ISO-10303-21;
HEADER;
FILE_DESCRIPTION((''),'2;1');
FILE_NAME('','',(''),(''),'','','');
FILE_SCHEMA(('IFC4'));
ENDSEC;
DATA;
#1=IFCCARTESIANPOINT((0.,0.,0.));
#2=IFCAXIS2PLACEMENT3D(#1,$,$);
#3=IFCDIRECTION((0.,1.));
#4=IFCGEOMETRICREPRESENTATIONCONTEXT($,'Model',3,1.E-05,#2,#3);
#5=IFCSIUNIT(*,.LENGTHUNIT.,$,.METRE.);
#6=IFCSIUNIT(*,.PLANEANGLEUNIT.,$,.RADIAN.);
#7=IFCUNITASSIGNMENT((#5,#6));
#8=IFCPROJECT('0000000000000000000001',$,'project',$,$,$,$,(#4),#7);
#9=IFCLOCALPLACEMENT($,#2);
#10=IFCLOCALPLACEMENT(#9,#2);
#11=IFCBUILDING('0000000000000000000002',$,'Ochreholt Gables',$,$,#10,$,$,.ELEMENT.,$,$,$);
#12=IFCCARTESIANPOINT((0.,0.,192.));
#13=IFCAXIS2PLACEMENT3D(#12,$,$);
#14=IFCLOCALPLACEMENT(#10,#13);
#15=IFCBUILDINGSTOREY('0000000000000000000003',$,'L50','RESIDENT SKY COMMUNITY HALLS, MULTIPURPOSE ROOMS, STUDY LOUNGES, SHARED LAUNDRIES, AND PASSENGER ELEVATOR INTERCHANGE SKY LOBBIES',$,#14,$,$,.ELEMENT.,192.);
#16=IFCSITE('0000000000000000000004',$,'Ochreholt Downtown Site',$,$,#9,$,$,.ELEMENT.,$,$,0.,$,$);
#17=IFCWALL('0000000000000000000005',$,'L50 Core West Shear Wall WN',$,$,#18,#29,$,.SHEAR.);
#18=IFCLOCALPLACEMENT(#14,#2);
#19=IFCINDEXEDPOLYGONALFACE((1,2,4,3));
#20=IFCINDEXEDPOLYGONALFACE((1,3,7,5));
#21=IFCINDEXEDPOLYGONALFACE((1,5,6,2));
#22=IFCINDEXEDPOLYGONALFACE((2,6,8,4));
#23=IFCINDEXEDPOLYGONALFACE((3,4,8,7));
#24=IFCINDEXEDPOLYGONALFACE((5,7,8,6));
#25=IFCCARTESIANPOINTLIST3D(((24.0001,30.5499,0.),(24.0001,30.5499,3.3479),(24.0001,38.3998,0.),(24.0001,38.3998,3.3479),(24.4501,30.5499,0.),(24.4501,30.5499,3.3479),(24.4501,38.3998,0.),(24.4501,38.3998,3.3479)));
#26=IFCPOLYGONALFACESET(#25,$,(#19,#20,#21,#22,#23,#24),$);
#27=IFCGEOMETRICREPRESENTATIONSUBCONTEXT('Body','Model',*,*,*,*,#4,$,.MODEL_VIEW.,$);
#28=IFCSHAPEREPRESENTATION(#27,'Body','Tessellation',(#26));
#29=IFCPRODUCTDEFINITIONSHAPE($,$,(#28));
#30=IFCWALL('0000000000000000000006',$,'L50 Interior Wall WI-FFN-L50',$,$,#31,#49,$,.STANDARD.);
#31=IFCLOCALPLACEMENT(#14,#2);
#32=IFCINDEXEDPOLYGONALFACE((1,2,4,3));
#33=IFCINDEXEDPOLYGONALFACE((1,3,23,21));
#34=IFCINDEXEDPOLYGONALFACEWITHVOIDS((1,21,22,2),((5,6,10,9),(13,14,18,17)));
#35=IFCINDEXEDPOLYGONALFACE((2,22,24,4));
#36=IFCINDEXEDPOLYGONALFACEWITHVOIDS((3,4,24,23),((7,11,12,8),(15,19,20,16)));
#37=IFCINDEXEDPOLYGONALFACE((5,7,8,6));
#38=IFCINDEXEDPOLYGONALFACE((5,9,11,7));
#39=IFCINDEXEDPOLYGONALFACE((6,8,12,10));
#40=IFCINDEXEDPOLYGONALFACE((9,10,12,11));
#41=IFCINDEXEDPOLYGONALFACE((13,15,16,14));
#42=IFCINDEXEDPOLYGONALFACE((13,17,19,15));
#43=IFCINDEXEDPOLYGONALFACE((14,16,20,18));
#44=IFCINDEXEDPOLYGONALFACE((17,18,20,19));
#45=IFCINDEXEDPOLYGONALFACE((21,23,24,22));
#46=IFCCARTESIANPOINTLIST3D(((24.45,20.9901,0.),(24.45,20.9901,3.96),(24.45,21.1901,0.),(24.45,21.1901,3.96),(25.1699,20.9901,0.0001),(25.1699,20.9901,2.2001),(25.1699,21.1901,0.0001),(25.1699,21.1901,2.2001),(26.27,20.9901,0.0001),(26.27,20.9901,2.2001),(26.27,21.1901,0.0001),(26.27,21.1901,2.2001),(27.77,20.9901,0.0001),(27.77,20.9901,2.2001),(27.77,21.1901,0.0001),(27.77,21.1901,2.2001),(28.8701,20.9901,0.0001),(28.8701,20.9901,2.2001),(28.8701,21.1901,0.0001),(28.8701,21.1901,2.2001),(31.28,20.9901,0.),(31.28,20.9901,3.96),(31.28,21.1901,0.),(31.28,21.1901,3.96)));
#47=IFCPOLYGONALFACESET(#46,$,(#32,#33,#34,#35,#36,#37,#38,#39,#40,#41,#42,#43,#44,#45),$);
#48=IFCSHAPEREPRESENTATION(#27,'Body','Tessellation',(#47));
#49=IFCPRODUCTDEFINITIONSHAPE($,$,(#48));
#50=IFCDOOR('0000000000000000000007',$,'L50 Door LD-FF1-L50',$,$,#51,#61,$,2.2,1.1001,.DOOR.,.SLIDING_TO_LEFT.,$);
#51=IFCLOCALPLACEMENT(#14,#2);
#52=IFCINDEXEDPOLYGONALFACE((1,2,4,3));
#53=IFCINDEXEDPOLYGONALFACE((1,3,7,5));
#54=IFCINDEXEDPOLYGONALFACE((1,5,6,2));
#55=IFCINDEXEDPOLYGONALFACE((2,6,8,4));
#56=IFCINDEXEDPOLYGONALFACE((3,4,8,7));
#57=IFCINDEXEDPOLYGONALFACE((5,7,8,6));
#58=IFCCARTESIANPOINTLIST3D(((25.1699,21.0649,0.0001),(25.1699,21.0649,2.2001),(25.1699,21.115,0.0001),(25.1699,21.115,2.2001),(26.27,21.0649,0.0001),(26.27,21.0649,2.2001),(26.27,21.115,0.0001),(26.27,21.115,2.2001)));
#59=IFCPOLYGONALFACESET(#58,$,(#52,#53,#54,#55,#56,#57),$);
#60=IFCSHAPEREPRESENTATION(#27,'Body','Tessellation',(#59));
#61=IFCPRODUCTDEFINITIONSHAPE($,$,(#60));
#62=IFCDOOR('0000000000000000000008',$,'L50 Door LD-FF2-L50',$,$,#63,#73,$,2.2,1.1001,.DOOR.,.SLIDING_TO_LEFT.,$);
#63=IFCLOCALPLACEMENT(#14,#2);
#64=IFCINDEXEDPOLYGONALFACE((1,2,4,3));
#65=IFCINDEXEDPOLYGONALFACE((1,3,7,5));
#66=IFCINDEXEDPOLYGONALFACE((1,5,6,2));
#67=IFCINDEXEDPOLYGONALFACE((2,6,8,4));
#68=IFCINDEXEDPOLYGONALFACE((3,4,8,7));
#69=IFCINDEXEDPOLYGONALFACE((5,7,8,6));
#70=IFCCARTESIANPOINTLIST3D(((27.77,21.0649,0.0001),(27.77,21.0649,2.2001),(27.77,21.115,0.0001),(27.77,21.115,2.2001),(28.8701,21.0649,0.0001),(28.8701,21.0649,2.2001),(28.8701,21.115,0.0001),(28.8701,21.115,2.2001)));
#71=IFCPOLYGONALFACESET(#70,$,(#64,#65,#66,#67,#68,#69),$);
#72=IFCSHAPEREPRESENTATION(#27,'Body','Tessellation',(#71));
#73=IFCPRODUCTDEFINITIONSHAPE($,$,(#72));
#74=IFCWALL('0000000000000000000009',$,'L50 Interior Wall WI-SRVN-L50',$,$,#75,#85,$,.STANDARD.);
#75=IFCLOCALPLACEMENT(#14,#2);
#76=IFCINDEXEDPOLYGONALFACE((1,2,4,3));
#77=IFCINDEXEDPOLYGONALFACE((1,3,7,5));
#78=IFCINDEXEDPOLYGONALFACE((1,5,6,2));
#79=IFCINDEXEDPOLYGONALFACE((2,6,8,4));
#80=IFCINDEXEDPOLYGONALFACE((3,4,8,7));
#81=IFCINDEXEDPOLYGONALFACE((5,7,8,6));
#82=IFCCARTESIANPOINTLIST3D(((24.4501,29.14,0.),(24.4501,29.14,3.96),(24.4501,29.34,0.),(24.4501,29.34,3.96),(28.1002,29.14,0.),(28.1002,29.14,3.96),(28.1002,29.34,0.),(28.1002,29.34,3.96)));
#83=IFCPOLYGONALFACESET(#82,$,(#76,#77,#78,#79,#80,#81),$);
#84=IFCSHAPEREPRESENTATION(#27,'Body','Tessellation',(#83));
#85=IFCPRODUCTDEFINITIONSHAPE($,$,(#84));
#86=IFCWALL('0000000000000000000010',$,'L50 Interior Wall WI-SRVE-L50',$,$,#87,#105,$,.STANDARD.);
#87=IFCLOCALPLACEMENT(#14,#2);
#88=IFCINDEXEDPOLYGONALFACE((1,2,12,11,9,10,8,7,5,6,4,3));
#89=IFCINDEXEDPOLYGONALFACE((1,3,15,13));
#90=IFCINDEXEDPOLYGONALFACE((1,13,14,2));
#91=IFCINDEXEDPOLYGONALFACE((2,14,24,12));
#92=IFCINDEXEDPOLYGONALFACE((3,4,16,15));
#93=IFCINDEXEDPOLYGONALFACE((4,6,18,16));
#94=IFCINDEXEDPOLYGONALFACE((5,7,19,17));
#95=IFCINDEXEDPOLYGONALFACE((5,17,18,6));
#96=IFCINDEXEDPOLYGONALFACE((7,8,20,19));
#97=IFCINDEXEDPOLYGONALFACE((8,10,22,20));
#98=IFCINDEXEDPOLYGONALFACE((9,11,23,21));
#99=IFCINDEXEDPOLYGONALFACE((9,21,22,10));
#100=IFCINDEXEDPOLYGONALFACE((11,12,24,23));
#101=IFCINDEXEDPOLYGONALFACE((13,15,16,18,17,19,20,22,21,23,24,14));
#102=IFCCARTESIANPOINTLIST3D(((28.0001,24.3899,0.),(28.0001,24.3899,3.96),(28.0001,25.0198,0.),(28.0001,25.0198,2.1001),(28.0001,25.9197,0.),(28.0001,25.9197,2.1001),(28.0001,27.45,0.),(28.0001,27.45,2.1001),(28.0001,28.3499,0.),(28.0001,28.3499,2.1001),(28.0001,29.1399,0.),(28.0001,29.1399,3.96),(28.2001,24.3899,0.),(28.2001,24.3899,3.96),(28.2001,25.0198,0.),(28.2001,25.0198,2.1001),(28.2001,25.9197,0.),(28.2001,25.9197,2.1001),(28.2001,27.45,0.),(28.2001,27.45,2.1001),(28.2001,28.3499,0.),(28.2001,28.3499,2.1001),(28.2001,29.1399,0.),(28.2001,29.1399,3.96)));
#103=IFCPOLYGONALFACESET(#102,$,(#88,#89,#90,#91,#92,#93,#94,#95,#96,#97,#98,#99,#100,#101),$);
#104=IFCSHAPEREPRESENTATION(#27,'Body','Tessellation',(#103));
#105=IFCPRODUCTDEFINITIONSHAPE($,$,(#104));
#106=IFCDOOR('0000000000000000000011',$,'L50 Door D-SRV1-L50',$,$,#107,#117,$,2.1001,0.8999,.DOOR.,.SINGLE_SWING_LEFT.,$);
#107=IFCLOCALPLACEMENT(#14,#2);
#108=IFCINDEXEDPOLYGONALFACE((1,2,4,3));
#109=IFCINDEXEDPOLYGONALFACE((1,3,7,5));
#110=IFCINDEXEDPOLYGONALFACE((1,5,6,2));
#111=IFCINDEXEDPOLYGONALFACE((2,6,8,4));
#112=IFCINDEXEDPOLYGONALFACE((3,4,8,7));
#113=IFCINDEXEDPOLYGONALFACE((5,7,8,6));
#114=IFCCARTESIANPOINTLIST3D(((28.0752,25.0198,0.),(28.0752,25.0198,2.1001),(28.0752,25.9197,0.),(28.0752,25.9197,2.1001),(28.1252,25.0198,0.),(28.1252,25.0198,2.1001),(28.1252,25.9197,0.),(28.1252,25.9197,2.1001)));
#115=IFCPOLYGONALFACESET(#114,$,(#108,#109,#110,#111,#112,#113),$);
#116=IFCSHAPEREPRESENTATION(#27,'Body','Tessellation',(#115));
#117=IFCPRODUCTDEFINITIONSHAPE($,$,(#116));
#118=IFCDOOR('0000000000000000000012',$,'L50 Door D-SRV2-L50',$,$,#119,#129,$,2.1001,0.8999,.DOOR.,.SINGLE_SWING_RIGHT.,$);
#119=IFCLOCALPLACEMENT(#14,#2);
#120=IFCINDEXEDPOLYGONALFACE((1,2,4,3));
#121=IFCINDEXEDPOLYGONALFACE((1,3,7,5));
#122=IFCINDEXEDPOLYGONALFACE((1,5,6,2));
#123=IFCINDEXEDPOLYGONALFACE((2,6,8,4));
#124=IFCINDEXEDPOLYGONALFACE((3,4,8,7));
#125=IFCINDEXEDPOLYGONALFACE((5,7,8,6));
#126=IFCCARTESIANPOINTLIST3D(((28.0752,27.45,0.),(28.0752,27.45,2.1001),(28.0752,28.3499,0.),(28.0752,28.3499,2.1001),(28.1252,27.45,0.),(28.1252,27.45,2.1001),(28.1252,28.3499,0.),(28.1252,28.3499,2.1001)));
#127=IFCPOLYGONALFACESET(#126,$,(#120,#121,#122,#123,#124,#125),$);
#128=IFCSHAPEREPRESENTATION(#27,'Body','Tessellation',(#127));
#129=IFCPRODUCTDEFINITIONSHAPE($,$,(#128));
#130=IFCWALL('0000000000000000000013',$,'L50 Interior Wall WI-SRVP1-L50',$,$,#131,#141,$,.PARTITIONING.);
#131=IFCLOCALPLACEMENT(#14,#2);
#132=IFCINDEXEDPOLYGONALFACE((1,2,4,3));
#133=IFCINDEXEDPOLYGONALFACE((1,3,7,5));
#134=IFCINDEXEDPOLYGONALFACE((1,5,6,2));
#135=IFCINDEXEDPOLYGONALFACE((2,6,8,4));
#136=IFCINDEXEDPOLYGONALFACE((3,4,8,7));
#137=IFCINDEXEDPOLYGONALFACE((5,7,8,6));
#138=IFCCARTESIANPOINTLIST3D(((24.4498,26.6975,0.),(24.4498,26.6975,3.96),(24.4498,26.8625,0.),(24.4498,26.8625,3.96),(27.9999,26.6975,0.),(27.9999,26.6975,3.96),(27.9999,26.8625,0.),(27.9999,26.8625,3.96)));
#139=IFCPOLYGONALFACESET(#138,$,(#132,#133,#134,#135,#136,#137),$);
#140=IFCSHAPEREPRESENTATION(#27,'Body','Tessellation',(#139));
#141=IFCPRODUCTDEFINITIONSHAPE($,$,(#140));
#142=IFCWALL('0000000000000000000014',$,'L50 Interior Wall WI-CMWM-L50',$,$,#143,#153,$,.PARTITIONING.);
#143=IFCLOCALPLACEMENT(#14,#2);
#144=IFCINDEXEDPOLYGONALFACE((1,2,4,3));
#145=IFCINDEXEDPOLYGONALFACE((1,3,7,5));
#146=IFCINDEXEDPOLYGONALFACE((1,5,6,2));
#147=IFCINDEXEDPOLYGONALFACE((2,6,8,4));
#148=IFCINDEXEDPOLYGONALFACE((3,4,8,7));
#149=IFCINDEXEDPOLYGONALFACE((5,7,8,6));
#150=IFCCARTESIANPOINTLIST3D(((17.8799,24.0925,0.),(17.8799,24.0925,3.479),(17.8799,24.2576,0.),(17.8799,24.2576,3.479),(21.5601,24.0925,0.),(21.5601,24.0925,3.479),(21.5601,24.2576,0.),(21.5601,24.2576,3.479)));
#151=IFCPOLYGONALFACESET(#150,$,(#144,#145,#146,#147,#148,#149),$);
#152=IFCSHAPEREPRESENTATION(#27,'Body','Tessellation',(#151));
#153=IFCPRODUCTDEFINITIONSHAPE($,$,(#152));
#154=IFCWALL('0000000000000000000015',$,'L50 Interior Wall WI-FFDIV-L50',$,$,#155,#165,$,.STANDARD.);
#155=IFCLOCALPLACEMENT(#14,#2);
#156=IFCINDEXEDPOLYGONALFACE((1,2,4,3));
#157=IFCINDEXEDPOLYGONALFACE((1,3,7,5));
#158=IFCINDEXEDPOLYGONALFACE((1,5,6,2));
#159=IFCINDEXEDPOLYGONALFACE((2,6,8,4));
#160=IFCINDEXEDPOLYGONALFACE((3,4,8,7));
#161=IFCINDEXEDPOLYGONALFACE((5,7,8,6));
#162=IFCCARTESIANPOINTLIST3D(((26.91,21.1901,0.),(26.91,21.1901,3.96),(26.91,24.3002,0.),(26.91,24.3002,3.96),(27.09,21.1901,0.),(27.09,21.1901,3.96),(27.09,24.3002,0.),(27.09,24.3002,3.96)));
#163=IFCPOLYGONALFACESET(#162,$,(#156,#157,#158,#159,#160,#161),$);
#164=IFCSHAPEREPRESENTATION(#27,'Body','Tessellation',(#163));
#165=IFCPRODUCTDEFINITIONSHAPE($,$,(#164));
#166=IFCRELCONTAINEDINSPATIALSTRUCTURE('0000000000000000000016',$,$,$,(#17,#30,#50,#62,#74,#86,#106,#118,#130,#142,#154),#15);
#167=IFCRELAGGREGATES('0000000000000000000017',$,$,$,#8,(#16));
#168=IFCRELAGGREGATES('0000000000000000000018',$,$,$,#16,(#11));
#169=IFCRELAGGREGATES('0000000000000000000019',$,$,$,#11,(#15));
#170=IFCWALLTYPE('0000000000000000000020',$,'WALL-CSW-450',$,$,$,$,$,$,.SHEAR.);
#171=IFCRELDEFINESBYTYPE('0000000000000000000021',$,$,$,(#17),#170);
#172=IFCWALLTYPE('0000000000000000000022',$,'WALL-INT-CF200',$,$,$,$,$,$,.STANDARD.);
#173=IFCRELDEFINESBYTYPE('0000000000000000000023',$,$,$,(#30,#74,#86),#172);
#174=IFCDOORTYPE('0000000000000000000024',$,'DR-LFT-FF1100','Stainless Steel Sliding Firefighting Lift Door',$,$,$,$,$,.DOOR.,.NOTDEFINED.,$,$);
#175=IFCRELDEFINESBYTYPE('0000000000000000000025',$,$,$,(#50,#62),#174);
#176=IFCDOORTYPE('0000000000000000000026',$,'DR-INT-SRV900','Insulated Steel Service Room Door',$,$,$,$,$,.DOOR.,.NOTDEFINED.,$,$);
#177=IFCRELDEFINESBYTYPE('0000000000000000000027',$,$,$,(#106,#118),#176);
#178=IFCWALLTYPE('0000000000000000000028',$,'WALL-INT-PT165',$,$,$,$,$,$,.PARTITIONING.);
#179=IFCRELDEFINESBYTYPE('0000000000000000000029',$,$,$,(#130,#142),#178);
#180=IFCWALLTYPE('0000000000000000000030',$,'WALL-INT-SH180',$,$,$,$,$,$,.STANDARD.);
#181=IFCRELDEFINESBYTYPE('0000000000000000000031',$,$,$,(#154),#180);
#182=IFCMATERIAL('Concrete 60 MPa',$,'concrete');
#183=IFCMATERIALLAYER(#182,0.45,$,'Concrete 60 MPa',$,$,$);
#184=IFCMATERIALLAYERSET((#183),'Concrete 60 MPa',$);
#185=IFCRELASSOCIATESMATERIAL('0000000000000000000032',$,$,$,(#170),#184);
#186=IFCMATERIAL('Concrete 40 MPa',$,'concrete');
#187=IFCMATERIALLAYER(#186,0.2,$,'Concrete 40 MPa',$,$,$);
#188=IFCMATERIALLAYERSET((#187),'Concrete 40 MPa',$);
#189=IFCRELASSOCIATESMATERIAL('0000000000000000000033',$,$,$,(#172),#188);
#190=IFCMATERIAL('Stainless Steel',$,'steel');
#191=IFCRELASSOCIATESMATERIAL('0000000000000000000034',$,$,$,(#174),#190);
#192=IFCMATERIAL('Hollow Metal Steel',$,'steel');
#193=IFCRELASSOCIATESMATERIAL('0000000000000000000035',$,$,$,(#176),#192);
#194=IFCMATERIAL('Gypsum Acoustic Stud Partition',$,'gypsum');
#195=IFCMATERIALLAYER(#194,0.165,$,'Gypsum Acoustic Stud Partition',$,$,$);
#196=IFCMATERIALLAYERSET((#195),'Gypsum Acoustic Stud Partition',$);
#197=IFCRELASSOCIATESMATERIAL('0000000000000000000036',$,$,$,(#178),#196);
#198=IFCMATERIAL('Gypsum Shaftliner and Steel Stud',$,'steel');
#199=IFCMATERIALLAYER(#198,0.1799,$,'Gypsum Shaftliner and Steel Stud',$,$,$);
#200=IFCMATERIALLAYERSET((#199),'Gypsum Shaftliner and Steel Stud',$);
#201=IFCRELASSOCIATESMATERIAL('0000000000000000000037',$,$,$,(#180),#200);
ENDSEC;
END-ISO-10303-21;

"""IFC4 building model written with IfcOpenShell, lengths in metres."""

from ifc_helpers import new_model, si_unit, direction, frame, frame_2d, origin, place, context, subcontext, project, spatial, rectangle, extrude, material, layer, layer_set, type_object, element, fill, save


model = new_model("IFC4")

# Units and contexts
model_context = context("Model", 3, precision=1e-05, world=origin(), true_north=direction((0.0, 1.0)))
body_context = subcontext(model_context, "Body", "Model", "MODEL_VIEW")
ifc_project = project(units=[si_unit("LENGTHUNIT", "METRE"), si_unit("PLANEANGLEUNIT", "RADIAN")], contexts=[model_context])

# Site, building, storey
site_placement = place(None, origin())
site = spatial("IfcSite", under=ifc_project, at=site_placement, Name="Ochreholt Downtown Site", CompositionType="ELEMENT", RefElevation=0.0)
building_placement = place(site_placement, origin())
building = spatial("IfcBuilding", under=site, at=building_placement, Name="Ochreholt Gables", CompositionType="ELEMENT")
storey_placement = place(building_placement, frame((0.0, 0.0, 192.0)))
storey = spatial("IfcBuildingStorey", under=building, at=storey_placement, Name="L50", Description="RESIDENT SKY COMMUNITY HALLS, MULTIPURPOSE ROOMS, STUDY LOUNGES, SHARED LAUNDRIES, AND PASSENGER ELEVATOR INTERCHANGE SKY LOBBIES", CompositionType="ELEMENT", Elevation=192.0)

# Wall
ifc_material_1 = material(Name="Concrete 60 MPa", Category="concrete")
ifc_layer_1 = layer(ifc_material_1, 0.45, Name="Concrete 60 MPa")
ifc_layer_set_1 = layer_set([ifc_layer_1], Name="Concrete 60 MPa")
wall_type_1 = type_object("IfcWallType", Name="WALL-CSW-450", PredefinedType="SHEAR", material=ifc_layer_set_1)
wall_1_placement = place(storey_placement, frame((24.2251, 30.55, 0.0), z_axis=(0.0, 0.0, 1.0), x_axis=(0.0, 1.0, 0.0)))
element("IfcWall", 1, at=wall_1_placement, inside=storey, type_object=wall_type_1, Name="L50 Core West Shear Wall WN", PredefinedType="SHEAR", context=body_context, shape_type="SweptSolid", body=[
    extrude(rectangle(XDim=7.8499, YDim=0.45, at=frame_2d((3.9248, 0.0))), origin(), (0.0, 0.0, 1.0), 3.3479),
])

# Wall, openings, doors
ifc_material_2 = material(Name="Concrete 40 MPa", Category="concrete")
ifc_layer_2 = layer(ifc_material_2, 0.2, Name="Concrete 40 MPa")
ifc_layer_set_2 = layer_set([ifc_layer_2], Name="Concrete 40 MPa")
wall_type_2 = type_object("IfcWallType", Name="WALL-INT-CF200", PredefinedType="STANDARD", material=ifc_layer_set_2)
wall_2_placement = place(storey_placement, frame((24.45, 21.0901, 0.0), z_axis=(0.0, 0.0, 1.0), x_axis=(1.0, 0.0, 0.0)))
wall_2 = element("IfcWall", 2, at=wall_2_placement, inside=storey, type_object=wall_type_2, Name="L50 Interior Wall WI-FFN-L50", PredefinedType="STANDARD", context=body_context, shape_type="SweptSolid", body=[
    extrude(rectangle(XDim=6.8301, YDim=0.2, at=frame_2d((3.415, 0.0))), origin(), (0.0, 0.0, 1.0), 3.96),
])
opening_1_placement = place(wall_2_placement, frame((0.72, 0.0, 0.0)))
opening_1 = element("IfcOpeningElement", 3, at=opening_1_placement, cuts=wall_2, PredefinedType="OPENING", context=body_context, shape_type="SweptSolid", body=[
    extrude(rectangle(XDim=1.1001, YDim=2.2, at=frame_2d((0.55, 1.1001))), frame((0.0, 0.1099, 0.0), z_axis=(0.0, -1.0, 0.0), x_axis=(1.0, 0.0, 0.0)), (0.0, 0.0, 1.0), 0.22),
])
opening_2_placement = place(wall_2_placement, frame((3.3201, 0.0, 0.0)))
opening_2 = element("IfcOpeningElement", 4, at=opening_2_placement, cuts=wall_2, PredefinedType="OPENING", context=body_context, shape_type="SweptSolid", body=[
    extrude(rectangle(XDim=1.1001, YDim=2.2, at=frame_2d((0.55, 1.1001))), frame((0.0, 0.1099, 0.0), z_axis=(0.0, -1.0, 0.0), x_axis=(1.0, 0.0, 0.0)), (0.0, 0.0, 1.0), 0.22),
])
ifc_material_3 = material(Name="Stainless Steel", Category="steel")
door_type_1 = type_object("IfcDoorType", Name="DR-LFT-FF1100", Description="Stainless Steel Sliding Firefighting Lift Door", OperationType="NOTDEFINED", PredefinedType="DOOR", material=ifc_material_3)
door_1_placement = place(opening_1_placement, origin())
door_1 = element("IfcDoor", 5, at=door_1_placement, inside=storey, type_object=door_type_1, Name="L50 Door LD-FF1-L50", OperationType="SLIDING_TO_LEFT", OverallHeight=2.2, OverallWidth=1.1001, PredefinedType="DOOR", context=body_context, shape_type="SweptSolid", body=[
    extrude(rectangle(XDim=1.1001, YDim=2.2, at=frame_2d((0.55, 1.1001))), frame((0.0, 0.0249, 0.0), z_axis=(0.0, -1.0, 0.0), x_axis=(1.0, 0.0, 0.0)), (0.0, 0.0, 1.0), 0.05),
])
fill(opening_1, door_1)
door_2_placement = place(opening_2_placement, origin())
door_2 = element("IfcDoor", 6, at=door_2_placement, inside=storey, type_object=door_type_1, Name="L50 Door LD-FF2-L50", OperationType="SLIDING_TO_LEFT", OverallHeight=2.2, OverallWidth=1.1001, PredefinedType="DOOR", context=body_context, shape_type="SweptSolid", body=[
    extrude(rectangle(XDim=1.1001, YDim=2.2, at=frame_2d((0.55, 1.1001))), frame((0.0, 0.0249, 0.0), z_axis=(0.0, -1.0, 0.0), x_axis=(1.0, 0.0, 0.0)), (0.0, 0.0, 1.0), 0.05),
])
fill(opening_2, door_2)

# Wall
wall_3_placement = place(storey_placement, frame((24.45, 29.24, 0.0), z_axis=(0.0, 0.0, 1.0), x_axis=(1.0, 0.0, 0.0)))
element("IfcWall", 7, at=wall_3_placement, inside=storey, type_object=wall_type_2, Name="L50 Interior Wall WI-SRVN-L50", PredefinedType="STANDARD", context=body_context, shape_type="SweptSolid", body=[
    extrude(rectangle(XDim=3.6501, YDim=0.2, at=frame_2d((1.8252, 0.0))), origin(), (0.0, 0.0, 1.0), 3.96),
])

# Wall, openings, doors
wall_4_placement = place(storey_placement, frame((28.1001, 24.3899, 0.0), z_axis=(0.0, 0.0, 1.0), x_axis=(0.0, 1.0, 0.0)))
wall_4 = element("IfcWall", 8, at=wall_4_placement, inside=storey, type_object=wall_type_2, Name="L50 Interior Wall WI-SRVE-L50", PredefinedType="STANDARD", context=body_context, shape_type="SweptSolid", body=[
    extrude(rectangle(XDim=4.75, YDim=0.2, at=frame_2d((2.375, 0.0))), origin(), (0.0, 0.0, 1.0), 3.96),
])
opening_3_placement = place(wall_4_placement, frame((0.6299, 0.0, 0.0)))
opening_3 = element("IfcOpeningElement", 9, at=opening_3_placement, cuts=wall_4, PredefinedType="OPENING", context=body_context, shape_type="SweptSolid", body=[
    extrude(rectangle(XDim=0.8999, YDim=2.1001, at=frame_2d((0.45, 1.05))), frame((0.0, 0.1099, 0.0), z_axis=(0.0, -1.0, 0.0), x_axis=(1.0, 0.0, 0.0)), (0.0, 0.0, 1.0), 0.22),
])
opening_4_placement = place(wall_4_placement, frame((3.0601, 0.0, 0.0)))
opening_4 = element("IfcOpeningElement", 10, at=opening_4_placement, cuts=wall_4, PredefinedType="OPENING", context=body_context, shape_type="SweptSolid", body=[
    extrude(rectangle(XDim=0.8999, YDim=2.1001, at=frame_2d((0.45, 1.05))), frame((0.0, 0.1099, 0.0), z_axis=(0.0, -1.0, 0.0), x_axis=(1.0, 0.0, 0.0)), (0.0, 0.0, 1.0), 0.22),
])
ifc_material_4 = material(Name="Hollow Metal Steel", Category="steel")
door_type_2 = type_object("IfcDoorType", Name="DR-INT-SRV900", Description="Insulated Steel Service Room Door", OperationType="NOTDEFINED", PredefinedType="DOOR", material=ifc_material_4)
door_3_placement = place(opening_3_placement, origin())
door_3 = element("IfcDoor", 11, at=door_3_placement, inside=storey, type_object=door_type_2, Name="L50 Door D-SRV1-L50", OperationType="SINGLE_SWING_LEFT", OverallHeight=2.1001, OverallWidth=0.8999, PredefinedType="DOOR", context=body_context, shape_type="SweptSolid", body=[
    extrude(rectangle(XDim=0.8999, YDim=2.1001, at=frame_2d((0.45, 1.05))), frame((0.0, 0.0249, 0.0), z_axis=(0.0, -1.0, 0.0), x_axis=(1.0, 0.0, 0.0)), (0.0, 0.0, 1.0), 0.05),
])
fill(opening_3, door_3)
door_4_placement = place(opening_4_placement, origin())
door_4 = element("IfcDoor", 12, at=door_4_placement, inside=storey, type_object=door_type_2, Name="L50 Door D-SRV2-L50", OperationType="SINGLE_SWING_RIGHT", OverallHeight=2.1001, OverallWidth=0.8999, PredefinedType="DOOR", context=body_context, shape_type="SweptSolid", body=[
    extrude(rectangle(XDim=0.8999, YDim=2.1001, at=frame_2d((0.45, 1.05))), frame((0.0, 0.0249, 0.0), z_axis=(0.0, -1.0, 0.0), x_axis=(1.0, 0.0, 0.0)), (0.0, 0.0, 1.0), 0.05),
])
fill(opening_4, door_4)

# Walls
ifc_material_5 = material(Name="Gypsum Acoustic Stud Partition", Category="gypsum")
ifc_layer_3 = layer(ifc_material_5, 0.165, Name="Gypsum Acoustic Stud Partition")
ifc_layer_set_3 = layer_set([ifc_layer_3], Name="Gypsum Acoustic Stud Partition")
wall_type_3 = type_object("IfcWallType", Name="WALL-INT-PT165", PredefinedType="PARTITIONING", material=ifc_layer_set_3)
wall_5_placement = place(storey_placement, frame((24.45, 26.78, 0.0), z_axis=(0.0, 0.0, 1.0), x_axis=(1.0, 0.0, 0.0)))
element("IfcWall", 13, at=wall_5_placement, inside=storey, type_object=wall_type_3, Name="L50 Interior Wall WI-SRVP1-L50", PredefinedType="PARTITIONING", context=body_context, shape_type="SweptSolid", body=[
    extrude(rectangle(XDim=3.55, YDim=0.165, at=frame_2d((1.7749, 0.0))), origin(), (0.0, 0.0, 1.0), 3.96),
])
wall_6_placement = place(storey_placement, frame((17.8799, 24.175, 0.0), z_axis=(0.0, 0.0, 1.0), x_axis=(1.0, 0.0, 0.0)))
element("IfcWall", 14, at=wall_6_placement, inside=storey, type_object=wall_type_3, Name="L50 Interior Wall WI-CMWM-L50", PredefinedType="PARTITIONING", context=body_context, shape_type="SweptSolid", body=[
    extrude(rectangle(XDim=3.6802, YDim=0.165, at=frame_2d((1.8401, 0.0))), origin(), (0.0, 0.0, 1.0), 3.479),
])
ifc_material_6 = material(Name="Gypsum Shaftliner and Steel Stud", Category="steel")
ifc_layer_4 = layer(ifc_material_6, 0.1799, Name="Gypsum Shaftliner and Steel Stud")
ifc_layer_set_4 = layer_set([ifc_layer_4], Name="Gypsum Shaftliner and Steel Stud")
wall_type_4 = type_object("IfcWallType", Name="WALL-INT-SH180", PredefinedType="STANDARD", material=ifc_layer_set_4)
wall_7_placement = place(storey_placement, frame((27.0, 21.1899, 0.0), z_axis=(0.0, 0.0, 1.0), x_axis=(0.0, 1.0, 0.0)))
element("IfcWall", 15, at=wall_7_placement, inside=storey, type_object=wall_type_4, Name="L50 Interior Wall WI-FFDIV-L50", PredefinedType="STANDARD", context=body_context, shape_type="SweptSolid", body=[
    extrude(rectangle(XDim=3.1101, YDim=0.1799, at=frame_2d((1.5552, 0.0))), origin(), (0.0, 0.0, 1.0), 3.96),
])

save(model, "model.ifc")
